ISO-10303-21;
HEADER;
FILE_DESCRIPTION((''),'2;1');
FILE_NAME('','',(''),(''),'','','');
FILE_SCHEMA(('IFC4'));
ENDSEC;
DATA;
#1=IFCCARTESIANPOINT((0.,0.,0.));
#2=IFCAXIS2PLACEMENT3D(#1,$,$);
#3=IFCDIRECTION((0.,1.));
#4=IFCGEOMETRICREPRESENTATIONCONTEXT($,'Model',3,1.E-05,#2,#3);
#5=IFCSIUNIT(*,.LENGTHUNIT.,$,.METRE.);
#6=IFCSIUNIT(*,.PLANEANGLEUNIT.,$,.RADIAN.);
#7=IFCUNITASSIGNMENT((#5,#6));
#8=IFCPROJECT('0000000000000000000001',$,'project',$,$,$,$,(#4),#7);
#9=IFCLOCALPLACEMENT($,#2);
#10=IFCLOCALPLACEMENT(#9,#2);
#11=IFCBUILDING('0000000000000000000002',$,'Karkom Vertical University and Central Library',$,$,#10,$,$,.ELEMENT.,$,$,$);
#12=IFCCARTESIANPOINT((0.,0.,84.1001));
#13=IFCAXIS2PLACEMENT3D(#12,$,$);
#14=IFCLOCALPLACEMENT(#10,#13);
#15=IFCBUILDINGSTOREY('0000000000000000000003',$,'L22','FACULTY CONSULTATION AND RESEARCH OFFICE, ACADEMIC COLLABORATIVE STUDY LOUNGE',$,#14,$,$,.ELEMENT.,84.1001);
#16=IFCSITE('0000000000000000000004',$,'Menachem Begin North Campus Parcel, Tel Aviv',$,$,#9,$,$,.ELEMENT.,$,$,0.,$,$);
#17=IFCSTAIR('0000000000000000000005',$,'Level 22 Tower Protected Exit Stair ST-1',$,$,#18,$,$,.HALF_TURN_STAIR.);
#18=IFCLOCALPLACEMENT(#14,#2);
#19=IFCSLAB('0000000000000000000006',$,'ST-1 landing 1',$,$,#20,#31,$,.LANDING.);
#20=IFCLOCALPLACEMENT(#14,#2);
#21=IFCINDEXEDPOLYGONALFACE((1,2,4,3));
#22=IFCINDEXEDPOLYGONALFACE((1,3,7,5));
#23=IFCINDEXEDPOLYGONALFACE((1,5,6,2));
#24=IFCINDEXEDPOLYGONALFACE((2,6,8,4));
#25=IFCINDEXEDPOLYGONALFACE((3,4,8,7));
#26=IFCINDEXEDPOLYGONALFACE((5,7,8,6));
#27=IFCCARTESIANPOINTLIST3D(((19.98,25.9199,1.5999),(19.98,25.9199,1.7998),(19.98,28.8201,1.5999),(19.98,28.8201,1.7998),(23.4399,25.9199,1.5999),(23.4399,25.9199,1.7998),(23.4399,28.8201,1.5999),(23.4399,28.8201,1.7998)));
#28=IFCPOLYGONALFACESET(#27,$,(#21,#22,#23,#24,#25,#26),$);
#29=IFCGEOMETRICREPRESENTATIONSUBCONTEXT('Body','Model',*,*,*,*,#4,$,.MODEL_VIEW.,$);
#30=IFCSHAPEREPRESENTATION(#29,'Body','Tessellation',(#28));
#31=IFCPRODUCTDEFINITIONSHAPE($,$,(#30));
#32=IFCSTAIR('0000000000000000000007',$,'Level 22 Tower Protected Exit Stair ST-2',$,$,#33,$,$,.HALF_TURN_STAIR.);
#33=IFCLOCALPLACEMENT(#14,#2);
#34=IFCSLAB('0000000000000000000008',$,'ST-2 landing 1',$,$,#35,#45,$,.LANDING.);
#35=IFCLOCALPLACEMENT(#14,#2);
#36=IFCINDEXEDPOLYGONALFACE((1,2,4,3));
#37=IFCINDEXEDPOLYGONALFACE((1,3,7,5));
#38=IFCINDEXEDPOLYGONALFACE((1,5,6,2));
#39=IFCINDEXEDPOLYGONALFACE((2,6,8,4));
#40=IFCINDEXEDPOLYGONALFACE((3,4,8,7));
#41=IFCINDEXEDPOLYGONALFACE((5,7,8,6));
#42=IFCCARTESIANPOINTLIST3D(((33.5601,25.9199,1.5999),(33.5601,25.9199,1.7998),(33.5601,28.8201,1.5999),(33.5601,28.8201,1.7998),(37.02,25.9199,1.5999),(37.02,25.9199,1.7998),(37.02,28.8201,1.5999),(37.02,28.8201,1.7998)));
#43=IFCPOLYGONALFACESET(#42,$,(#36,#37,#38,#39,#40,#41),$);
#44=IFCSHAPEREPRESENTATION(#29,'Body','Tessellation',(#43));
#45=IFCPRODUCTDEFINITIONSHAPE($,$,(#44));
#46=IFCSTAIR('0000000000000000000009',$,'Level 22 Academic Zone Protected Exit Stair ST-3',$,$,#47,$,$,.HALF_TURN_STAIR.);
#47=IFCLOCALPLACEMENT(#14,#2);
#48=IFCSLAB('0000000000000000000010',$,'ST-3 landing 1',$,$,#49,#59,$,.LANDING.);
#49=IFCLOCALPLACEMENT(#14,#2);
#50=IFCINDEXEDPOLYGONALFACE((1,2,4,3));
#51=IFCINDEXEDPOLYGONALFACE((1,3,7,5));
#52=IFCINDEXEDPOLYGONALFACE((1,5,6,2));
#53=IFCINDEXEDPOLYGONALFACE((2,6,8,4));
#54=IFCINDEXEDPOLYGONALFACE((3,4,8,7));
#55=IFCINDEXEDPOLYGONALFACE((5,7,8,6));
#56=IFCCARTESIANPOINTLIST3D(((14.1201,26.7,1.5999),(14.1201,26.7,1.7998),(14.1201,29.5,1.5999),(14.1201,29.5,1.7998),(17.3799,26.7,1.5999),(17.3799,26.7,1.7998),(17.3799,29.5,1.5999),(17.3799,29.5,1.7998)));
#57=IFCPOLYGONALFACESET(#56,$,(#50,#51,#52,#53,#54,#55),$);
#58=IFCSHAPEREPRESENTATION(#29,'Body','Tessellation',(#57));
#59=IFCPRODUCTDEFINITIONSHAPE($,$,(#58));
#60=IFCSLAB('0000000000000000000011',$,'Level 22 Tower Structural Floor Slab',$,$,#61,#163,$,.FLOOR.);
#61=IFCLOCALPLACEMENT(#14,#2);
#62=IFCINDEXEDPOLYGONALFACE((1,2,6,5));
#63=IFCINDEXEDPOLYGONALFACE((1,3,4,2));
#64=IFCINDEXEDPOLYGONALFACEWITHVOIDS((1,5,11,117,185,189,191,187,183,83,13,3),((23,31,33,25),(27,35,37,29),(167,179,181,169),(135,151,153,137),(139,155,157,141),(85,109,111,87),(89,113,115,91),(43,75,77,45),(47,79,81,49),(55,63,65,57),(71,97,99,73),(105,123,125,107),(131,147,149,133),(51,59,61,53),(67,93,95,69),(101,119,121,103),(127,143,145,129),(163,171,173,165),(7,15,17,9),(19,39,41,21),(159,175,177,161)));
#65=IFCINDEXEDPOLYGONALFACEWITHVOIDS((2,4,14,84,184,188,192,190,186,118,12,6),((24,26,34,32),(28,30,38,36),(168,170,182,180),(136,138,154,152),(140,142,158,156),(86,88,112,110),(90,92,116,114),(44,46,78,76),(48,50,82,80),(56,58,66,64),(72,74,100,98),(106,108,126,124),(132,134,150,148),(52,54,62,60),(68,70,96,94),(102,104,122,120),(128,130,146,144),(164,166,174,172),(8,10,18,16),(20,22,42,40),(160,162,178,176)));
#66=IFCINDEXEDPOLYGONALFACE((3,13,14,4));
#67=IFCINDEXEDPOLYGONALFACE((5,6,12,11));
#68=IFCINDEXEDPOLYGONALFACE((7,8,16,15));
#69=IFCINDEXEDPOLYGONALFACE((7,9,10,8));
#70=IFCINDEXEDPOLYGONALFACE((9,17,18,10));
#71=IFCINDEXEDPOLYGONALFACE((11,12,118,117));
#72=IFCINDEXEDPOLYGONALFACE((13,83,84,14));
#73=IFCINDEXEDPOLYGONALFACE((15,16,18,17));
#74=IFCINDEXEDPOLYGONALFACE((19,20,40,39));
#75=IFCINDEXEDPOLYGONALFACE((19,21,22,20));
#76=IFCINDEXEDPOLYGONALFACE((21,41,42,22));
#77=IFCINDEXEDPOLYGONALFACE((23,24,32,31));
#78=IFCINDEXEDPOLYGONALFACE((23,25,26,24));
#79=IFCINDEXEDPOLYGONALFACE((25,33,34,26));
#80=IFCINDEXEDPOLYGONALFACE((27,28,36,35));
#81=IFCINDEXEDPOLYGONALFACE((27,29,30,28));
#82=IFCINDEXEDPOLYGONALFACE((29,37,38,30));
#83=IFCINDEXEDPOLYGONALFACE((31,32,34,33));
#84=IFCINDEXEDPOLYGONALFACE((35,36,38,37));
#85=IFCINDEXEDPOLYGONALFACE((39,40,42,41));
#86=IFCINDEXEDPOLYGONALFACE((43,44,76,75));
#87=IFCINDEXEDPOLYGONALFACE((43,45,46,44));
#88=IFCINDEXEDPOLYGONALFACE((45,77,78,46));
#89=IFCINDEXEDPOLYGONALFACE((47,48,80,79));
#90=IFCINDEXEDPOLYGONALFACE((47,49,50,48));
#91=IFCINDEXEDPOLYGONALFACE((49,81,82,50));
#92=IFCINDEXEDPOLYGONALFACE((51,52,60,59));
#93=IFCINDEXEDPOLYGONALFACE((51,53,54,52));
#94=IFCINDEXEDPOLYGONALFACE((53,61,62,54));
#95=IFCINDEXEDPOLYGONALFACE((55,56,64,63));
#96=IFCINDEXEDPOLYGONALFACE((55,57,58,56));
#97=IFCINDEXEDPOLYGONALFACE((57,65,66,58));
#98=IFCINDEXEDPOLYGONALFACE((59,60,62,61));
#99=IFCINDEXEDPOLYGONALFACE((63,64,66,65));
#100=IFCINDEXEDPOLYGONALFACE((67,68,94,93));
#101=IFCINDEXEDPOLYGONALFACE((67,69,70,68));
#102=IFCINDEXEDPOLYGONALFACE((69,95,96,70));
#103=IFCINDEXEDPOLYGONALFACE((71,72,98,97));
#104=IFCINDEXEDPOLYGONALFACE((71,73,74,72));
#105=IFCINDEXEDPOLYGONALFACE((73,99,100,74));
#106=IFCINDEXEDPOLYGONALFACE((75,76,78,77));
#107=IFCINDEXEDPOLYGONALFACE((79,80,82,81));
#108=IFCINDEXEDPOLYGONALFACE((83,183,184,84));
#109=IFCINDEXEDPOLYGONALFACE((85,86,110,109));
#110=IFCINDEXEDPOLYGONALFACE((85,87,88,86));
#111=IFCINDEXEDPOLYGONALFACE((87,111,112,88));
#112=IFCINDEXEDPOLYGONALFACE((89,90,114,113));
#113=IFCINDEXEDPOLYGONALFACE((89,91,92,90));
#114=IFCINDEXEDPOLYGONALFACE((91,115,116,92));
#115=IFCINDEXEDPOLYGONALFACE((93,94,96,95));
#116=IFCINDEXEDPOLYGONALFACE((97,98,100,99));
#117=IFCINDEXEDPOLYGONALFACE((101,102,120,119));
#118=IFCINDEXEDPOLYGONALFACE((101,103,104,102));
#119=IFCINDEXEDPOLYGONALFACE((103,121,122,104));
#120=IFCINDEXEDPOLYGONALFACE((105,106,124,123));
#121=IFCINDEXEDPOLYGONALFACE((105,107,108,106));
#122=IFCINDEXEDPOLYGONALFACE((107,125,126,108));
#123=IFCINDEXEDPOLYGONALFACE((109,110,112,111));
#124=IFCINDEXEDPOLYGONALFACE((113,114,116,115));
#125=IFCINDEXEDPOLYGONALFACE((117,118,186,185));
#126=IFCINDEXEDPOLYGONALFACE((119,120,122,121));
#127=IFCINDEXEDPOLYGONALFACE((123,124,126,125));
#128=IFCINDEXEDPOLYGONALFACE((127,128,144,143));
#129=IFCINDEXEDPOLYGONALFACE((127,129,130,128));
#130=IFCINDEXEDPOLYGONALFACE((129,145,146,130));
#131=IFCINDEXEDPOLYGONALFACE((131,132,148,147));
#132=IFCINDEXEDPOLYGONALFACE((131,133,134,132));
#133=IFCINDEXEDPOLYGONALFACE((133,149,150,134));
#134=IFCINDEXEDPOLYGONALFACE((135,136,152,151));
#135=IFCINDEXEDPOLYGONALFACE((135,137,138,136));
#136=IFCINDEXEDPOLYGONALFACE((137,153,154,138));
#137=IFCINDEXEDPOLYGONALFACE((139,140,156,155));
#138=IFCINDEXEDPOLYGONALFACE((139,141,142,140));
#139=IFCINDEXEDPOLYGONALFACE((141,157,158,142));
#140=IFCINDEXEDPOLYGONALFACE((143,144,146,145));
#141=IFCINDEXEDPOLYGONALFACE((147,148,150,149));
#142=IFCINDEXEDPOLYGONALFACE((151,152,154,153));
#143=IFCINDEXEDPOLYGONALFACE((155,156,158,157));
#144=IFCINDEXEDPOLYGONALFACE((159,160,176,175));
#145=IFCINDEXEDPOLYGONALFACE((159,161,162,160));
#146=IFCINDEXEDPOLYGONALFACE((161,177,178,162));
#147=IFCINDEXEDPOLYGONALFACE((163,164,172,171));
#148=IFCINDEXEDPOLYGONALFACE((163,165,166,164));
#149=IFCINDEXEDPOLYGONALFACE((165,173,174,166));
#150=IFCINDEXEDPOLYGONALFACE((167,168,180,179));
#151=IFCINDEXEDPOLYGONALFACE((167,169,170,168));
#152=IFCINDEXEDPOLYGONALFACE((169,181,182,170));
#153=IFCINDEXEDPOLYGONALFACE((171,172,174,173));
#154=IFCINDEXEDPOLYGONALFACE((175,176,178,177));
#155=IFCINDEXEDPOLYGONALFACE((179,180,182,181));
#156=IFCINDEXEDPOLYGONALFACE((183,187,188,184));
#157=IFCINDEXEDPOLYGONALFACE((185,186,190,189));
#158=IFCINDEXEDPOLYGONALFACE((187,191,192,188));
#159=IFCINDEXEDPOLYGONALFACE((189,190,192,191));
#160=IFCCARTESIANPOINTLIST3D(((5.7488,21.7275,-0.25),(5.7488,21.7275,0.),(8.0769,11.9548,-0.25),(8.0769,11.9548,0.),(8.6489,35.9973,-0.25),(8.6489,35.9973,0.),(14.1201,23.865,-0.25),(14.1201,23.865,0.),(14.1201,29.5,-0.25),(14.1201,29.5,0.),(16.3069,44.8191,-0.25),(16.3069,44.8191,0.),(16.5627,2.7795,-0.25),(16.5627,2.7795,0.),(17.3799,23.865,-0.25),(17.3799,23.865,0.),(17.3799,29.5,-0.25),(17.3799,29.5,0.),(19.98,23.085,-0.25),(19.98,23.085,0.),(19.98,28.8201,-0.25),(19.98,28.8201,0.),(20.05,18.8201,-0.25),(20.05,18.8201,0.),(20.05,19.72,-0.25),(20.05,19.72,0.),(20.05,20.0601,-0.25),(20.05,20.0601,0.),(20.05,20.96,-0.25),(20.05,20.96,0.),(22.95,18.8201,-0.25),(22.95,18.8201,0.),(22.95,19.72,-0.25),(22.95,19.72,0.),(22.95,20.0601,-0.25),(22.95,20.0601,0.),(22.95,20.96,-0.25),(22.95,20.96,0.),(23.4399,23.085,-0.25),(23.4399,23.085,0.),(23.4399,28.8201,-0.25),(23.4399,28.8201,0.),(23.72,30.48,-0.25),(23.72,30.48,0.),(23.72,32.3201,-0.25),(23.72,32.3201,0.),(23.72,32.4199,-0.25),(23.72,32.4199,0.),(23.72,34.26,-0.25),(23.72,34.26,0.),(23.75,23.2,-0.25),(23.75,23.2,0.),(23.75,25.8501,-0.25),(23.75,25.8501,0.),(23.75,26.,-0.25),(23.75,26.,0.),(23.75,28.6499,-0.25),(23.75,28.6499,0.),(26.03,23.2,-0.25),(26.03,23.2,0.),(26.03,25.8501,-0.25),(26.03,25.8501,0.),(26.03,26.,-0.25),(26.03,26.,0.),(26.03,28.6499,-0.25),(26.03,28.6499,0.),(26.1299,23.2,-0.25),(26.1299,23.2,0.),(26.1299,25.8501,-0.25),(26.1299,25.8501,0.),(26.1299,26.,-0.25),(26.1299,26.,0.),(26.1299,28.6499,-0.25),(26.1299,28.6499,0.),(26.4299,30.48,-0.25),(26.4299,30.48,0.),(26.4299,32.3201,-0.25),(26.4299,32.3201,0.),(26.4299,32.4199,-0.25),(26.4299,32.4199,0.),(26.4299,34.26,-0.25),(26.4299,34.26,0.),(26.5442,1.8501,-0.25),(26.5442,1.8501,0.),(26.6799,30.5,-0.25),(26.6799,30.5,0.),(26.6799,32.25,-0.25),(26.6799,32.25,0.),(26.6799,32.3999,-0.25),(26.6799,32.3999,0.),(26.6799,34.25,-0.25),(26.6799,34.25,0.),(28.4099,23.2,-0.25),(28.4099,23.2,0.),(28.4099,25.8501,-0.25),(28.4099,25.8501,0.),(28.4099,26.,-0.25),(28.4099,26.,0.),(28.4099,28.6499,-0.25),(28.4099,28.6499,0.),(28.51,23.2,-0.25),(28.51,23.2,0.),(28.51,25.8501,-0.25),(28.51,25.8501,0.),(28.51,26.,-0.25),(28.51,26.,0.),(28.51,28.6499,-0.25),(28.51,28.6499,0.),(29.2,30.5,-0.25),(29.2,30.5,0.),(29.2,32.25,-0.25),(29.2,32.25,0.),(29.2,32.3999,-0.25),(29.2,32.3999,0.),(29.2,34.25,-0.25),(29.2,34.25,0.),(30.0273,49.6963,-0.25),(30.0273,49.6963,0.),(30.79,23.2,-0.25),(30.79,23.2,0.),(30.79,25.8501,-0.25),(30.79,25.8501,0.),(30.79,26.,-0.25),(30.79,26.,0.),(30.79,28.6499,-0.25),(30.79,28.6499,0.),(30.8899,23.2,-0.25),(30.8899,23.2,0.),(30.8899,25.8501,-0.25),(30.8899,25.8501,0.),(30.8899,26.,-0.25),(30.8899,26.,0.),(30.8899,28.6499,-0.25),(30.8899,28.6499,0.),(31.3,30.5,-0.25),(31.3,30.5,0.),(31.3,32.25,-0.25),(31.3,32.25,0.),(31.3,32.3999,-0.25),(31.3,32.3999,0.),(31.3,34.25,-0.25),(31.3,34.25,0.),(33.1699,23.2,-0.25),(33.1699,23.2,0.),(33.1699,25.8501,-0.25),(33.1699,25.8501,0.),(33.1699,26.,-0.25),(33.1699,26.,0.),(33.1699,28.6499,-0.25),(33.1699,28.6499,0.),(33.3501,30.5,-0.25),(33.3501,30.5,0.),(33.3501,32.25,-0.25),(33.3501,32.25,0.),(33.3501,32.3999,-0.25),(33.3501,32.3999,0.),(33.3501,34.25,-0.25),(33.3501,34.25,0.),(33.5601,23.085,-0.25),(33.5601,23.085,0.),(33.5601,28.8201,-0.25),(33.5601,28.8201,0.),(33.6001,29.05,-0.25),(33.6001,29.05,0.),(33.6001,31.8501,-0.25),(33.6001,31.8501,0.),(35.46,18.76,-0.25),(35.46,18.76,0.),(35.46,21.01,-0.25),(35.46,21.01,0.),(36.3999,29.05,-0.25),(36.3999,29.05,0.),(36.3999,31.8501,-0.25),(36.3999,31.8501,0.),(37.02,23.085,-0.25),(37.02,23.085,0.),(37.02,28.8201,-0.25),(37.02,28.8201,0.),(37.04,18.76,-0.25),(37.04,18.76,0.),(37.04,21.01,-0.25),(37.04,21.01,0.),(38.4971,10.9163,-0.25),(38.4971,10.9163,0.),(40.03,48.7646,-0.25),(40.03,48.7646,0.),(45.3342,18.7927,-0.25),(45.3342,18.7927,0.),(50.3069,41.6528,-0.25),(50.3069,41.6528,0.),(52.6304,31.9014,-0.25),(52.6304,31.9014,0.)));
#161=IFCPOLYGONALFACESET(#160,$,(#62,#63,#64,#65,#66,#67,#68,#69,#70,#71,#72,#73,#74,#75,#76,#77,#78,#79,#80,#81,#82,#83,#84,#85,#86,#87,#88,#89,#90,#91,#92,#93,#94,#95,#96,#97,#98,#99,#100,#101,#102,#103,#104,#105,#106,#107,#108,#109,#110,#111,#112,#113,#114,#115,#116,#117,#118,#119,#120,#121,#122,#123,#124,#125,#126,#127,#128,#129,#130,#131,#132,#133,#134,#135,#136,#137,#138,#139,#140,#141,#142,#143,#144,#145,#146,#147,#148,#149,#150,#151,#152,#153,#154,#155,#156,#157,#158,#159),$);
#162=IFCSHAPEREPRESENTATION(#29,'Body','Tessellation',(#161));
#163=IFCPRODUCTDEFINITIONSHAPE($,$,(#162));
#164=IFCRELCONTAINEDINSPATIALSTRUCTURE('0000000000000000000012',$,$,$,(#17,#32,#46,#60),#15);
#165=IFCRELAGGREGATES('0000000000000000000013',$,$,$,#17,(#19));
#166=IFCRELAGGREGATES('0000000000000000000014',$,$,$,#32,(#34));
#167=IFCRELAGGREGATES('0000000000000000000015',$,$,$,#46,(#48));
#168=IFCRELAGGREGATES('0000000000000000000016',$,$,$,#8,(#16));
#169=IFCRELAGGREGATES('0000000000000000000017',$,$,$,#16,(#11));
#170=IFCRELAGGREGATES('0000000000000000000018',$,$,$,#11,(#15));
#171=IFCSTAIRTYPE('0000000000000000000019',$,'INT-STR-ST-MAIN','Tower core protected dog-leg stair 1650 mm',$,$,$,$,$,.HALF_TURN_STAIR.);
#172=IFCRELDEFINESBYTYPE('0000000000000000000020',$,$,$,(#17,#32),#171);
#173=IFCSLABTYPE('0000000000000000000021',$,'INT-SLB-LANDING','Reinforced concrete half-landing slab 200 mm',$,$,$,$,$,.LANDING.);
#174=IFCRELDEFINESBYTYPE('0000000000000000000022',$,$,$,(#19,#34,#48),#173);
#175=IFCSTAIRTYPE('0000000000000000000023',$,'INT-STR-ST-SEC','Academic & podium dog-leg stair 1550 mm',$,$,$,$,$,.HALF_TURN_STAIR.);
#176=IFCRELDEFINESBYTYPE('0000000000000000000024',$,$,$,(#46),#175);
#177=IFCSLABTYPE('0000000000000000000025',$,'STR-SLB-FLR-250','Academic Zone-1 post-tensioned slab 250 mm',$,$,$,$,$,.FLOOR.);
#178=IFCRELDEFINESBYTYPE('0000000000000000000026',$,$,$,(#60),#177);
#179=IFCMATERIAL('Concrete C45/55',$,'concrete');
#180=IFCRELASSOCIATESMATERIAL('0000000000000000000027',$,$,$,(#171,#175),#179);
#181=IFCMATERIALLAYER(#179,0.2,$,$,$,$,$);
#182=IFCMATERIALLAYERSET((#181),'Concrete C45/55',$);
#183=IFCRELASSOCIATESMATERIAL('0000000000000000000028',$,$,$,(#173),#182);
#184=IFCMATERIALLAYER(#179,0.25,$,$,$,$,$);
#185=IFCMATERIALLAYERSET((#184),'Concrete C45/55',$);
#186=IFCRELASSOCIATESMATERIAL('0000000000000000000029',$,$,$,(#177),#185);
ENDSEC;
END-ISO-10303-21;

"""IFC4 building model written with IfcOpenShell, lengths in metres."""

from ifc_helpers import new_model, si_unit, direction, frame, origin, place, context, subcontext, project, spatial, polyline, outline, extrude, material, layer, layer_set, type_object, element, aggregate, save


model = new_model("IFC4")

# Units and contexts
model_context = context("Model", 3, precision=1e-05, world=origin(), true_north=direction((0.0, 1.0)))
body_context = subcontext(model_context, "Body", "Model", "MODEL_VIEW")
ifc_project = project(units=[si_unit("LENGTHUNIT", "METRE"), si_unit("PLANEANGLEUNIT", "RADIAN")], contexts=[model_context])

# Site, building, storey
site_placement = place(None, origin())
site = spatial("IfcSite", under=ifc_project, at=site_placement, Name="Menachem Begin North Campus Parcel, Tel Aviv", CompositionType="ELEMENT", RefElevation=0.0)
building_placement = place(site_placement, origin())
building = spatial("IfcBuilding", under=site, at=building_placement, Name="Karkom Vertical University and Central Library", CompositionType="ELEMENT")
storey_placement = place(building_placement, frame((0.0, 0.0, 84.1001)))
storey = spatial("IfcBuildingStorey", under=building, at=storey_placement, Name="L22", Description="FACULTY CONSULTATION AND RESEARCH OFFICE, ACADEMIC COLLABORATIVE STUDY LOUNGE", CompositionType="ELEMENT", Elevation=84.1001)

# Stairs, slabs
ifc_material_1 = material(Name="Concrete C45/55", Category="concrete")
stair_type_1 = type_object("IfcStairType", Name="INT-STR-ST-MAIN", Description="Tower core protected dog-leg stair 1650 mm", PredefinedType="HALF_TURN_STAIR", material=ifc_material_1)
stair_1_placement = place(storey_placement, origin())
stair_1 = element("IfcStair", 1, at=stair_1_placement, inside=storey, type_object=stair_type_1, Name="Level 22 Tower Protected Exit Stair ST-1", PredefinedType="HALF_TURN_STAIR")
ifc_layer_1 = layer(ifc_material_1, 0.2)
ifc_layer_set_1 = layer_set([ifc_layer_1], Name="Concrete C45/55")
slab_type_1 = type_object("IfcSlabType", Name="INT-SLB-LANDING", Description="Reinforced concrete half-landing slab 200 mm", PredefinedType="LANDING", material=ifc_layer_set_1)
slab_1_placement = place(storey_placement, frame((0.0, 0.0, 1.5999)))
slab_1 = element("IfcSlab", 2, at=slab_1_placement, type_object=slab_type_1, Name="ST-1 landing 1", PredefinedType="LANDING", context=body_context, shape_type="SweptSolid", body=[
    extrude(outline(polyline([(23.4399, 25.9199), (23.4399, 28.8201), (19.98, 28.8201), (19.98, 25.9199), (23.4399, 25.9199)])), origin(), (0.0, 0.0, 1.0), 0.2),
])
aggregate(stair_1, [slab_1])
stair_2_placement = place(storey_placement, origin())
stair_2 = element("IfcStair", 3, at=stair_2_placement, inside=storey, type_object=stair_type_1, Name="Level 22 Tower Protected Exit Stair ST-2", PredefinedType="HALF_TURN_STAIR")
slab_2_placement = place(storey_placement, frame((0.0, 0.0, 1.5999)))
slab_2 = element("IfcSlab", 4, at=slab_2_placement, type_object=slab_type_1, Name="ST-2 landing 1", PredefinedType="LANDING", context=body_context, shape_type="SweptSolid", body=[
    extrude(outline(polyline([(37.02, 25.9199), (37.02, 28.8201), (33.5601, 28.8201), (33.5601, 25.9199), (37.02, 25.9199)])), origin(), (0.0, 0.0, 1.0), 0.2),
])
aggregate(stair_2, [slab_2])
stair_type_2 = type_object("IfcStairType", Name="INT-STR-ST-SEC", Description="Academic & podium dog-leg stair 1550 mm", PredefinedType="HALF_TURN_STAIR", material=ifc_material_1)
stair_3_placement = place(storey_placement, origin())
stair_3 = element("IfcStair", 5, at=stair_3_placement, inside=storey, type_object=stair_type_2, Name="Level 22 Academic Zone Protected Exit Stair ST-3", PredefinedType="HALF_TURN_STAIR")
slab_3_placement = place(storey_placement, frame((0.0, 0.0, 1.5999)))
slab_3 = element("IfcSlab", 6, at=slab_3_placement, type_object=slab_type_1, Name="ST-3 landing 1", PredefinedType="LANDING", context=body_context, shape_type="SweptSolid", body=[
    extrude(outline(polyline([(17.3799, 26.7), (17.3799, 29.5), (14.1201, 29.5), (14.1201, 26.7), (17.3799, 26.7)])), origin(), (0.0, 0.0, 1.0), 0.2),
])
aggregate(stair_3, [slab_3])

# Slab
ifc_layer_2 = layer(ifc_material_1, 0.25)
ifc_layer_set_2 = layer_set([ifc_layer_2], Name="Concrete C45/55")
slab_type_2 = type_object("IfcSlabType", Name="STR-SLB-FLR-250", Description="Academic Zone-1 post-tensioned slab 250 mm", PredefinedType="FLOOR", material=ifc_layer_set_2)
slab_4_placement = place(storey_placement, frame((0.0, 0.0, -0.25)))
element("IfcSlab", 7, at=slab_4_placement, inside=storey, type_object=slab_type_2, Name="Level 22 Tower Structural Floor Slab", PredefinedType="FLOOR", context=body_context, shape_type="SweptSolid", body=[
    extrude(outline(polyline([(16.3069, 44.8191), (8.6489, 35.9973), (5.7488, 21.7275), (8.0769, 11.9548), (16.5627, 2.7795), (26.5442, 1.8501), (38.4971, 10.9163), (45.3342, 18.7927), (52.6304, 31.9014), (50.3069, 41.6528), (40.03, 48.7646), (30.0273, 49.6963), (16.3069, 44.8191)]), holes=[polyline([(19.98, 23.085), (23.4399, 23.085), (23.4399, 28.8201), (19.98, 28.8201), (19.98, 23.085)]), polyline([(33.5601, 23.085), (37.02, 23.085), (37.02, 28.8201), (33.5601, 28.8201), (33.5601, 23.085)]), polyline([(14.1201, 23.865), (17.3799, 23.865), (17.3799, 29.5), (14.1201, 29.5), (14.1201, 23.865)]), polyline([(23.75, 23.2), (26.03, 23.2), (26.03, 25.8501), (23.75, 25.8501), (23.75, 23.2)]), polyline([(26.1299, 23.2), (28.4099, 23.2), (28.4099, 25.8501), (26.1299, 25.8501), (26.1299, 23.2)]), polyline([(28.51, 23.2), (30.79, 23.2), (30.79, 25.8501), (28.51, 25.8501), (28.51, 23.2)]), polyline([(30.8899, 23.2), (33.1699, 23.2), (33.1699, 25.8501), (30.8899, 25.8501), (30.8899, 23.2)]), polyline([(23.75, 26.0), (26.03, 26.0), (26.03, 28.6499), (23.75, 28.6499), (23.75, 26.0)]), polyline([(26.1299, 26.0), (28.4099, 26.0), (28.4099, 28.6499), (26.1299, 28.6499), (26.1299, 26.0)]), polyline([(28.51, 26.0), (30.79, 26.0), (30.79, 28.6499), (28.51, 28.6499), (28.51, 26.0)]), polyline([(30.8899, 26.0), (33.1699, 26.0), (33.1699, 28.6499), (30.8899, 28.6499), (30.8899, 26.0)]), polyline([(26.6799, 30.5), (29.2, 30.5), (29.2, 32.25), (26.6799, 32.25), (26.6799, 30.5)]), polyline([(26.6799, 32.3999), (29.2, 32.3999), (29.2, 34.25), (26.6799, 34.25), (26.6799, 32.3999)]), polyline([(31.3, 30.5), (33.3501, 30.5), (33.3501, 32.25), (31.3, 32.25), (31.3, 30.5)]), polyline([(31.3, 32.3999), (33.3501, 32.3999), (33.3501, 34.25), (31.3, 34.25), (31.3, 32.3999)]), polyline([(23.72, 30.48), (26.4299, 30.48), (26.4299, 32.3201), (23.72, 32.3201), (23.72, 30.48)]), polyline([(23.72, 32.4199), (26.4299, 32.4199), (26.4299, 34.26), (23.72, 34.26), (23.72, 32.4199)]), polyline([(33.6001, 29.05), (36.3999, 29.05), (36.3999, 31.8501), (33.6001, 31.8501), (33.6001, 29.05)]), polyline([(20.05, 18.8201), (22.95, 18.8201), (22.95, 19.72), (20.05, 19.72), (20.05, 18.8201)]), polyline([(20.05, 20.0601), (22.95, 20.0601), (22.95, 20.96), (20.05, 20.96), (20.05, 20.0601)]), polyline([(35.46, 18.76), (37.04, 18.76), (37.04, 21.01), (35.46, 21.01), (35.46, 18.76)])]), origin(), (0.0, 0.0, 1.0), 0.25),
])

save(model, "model.ifc")
